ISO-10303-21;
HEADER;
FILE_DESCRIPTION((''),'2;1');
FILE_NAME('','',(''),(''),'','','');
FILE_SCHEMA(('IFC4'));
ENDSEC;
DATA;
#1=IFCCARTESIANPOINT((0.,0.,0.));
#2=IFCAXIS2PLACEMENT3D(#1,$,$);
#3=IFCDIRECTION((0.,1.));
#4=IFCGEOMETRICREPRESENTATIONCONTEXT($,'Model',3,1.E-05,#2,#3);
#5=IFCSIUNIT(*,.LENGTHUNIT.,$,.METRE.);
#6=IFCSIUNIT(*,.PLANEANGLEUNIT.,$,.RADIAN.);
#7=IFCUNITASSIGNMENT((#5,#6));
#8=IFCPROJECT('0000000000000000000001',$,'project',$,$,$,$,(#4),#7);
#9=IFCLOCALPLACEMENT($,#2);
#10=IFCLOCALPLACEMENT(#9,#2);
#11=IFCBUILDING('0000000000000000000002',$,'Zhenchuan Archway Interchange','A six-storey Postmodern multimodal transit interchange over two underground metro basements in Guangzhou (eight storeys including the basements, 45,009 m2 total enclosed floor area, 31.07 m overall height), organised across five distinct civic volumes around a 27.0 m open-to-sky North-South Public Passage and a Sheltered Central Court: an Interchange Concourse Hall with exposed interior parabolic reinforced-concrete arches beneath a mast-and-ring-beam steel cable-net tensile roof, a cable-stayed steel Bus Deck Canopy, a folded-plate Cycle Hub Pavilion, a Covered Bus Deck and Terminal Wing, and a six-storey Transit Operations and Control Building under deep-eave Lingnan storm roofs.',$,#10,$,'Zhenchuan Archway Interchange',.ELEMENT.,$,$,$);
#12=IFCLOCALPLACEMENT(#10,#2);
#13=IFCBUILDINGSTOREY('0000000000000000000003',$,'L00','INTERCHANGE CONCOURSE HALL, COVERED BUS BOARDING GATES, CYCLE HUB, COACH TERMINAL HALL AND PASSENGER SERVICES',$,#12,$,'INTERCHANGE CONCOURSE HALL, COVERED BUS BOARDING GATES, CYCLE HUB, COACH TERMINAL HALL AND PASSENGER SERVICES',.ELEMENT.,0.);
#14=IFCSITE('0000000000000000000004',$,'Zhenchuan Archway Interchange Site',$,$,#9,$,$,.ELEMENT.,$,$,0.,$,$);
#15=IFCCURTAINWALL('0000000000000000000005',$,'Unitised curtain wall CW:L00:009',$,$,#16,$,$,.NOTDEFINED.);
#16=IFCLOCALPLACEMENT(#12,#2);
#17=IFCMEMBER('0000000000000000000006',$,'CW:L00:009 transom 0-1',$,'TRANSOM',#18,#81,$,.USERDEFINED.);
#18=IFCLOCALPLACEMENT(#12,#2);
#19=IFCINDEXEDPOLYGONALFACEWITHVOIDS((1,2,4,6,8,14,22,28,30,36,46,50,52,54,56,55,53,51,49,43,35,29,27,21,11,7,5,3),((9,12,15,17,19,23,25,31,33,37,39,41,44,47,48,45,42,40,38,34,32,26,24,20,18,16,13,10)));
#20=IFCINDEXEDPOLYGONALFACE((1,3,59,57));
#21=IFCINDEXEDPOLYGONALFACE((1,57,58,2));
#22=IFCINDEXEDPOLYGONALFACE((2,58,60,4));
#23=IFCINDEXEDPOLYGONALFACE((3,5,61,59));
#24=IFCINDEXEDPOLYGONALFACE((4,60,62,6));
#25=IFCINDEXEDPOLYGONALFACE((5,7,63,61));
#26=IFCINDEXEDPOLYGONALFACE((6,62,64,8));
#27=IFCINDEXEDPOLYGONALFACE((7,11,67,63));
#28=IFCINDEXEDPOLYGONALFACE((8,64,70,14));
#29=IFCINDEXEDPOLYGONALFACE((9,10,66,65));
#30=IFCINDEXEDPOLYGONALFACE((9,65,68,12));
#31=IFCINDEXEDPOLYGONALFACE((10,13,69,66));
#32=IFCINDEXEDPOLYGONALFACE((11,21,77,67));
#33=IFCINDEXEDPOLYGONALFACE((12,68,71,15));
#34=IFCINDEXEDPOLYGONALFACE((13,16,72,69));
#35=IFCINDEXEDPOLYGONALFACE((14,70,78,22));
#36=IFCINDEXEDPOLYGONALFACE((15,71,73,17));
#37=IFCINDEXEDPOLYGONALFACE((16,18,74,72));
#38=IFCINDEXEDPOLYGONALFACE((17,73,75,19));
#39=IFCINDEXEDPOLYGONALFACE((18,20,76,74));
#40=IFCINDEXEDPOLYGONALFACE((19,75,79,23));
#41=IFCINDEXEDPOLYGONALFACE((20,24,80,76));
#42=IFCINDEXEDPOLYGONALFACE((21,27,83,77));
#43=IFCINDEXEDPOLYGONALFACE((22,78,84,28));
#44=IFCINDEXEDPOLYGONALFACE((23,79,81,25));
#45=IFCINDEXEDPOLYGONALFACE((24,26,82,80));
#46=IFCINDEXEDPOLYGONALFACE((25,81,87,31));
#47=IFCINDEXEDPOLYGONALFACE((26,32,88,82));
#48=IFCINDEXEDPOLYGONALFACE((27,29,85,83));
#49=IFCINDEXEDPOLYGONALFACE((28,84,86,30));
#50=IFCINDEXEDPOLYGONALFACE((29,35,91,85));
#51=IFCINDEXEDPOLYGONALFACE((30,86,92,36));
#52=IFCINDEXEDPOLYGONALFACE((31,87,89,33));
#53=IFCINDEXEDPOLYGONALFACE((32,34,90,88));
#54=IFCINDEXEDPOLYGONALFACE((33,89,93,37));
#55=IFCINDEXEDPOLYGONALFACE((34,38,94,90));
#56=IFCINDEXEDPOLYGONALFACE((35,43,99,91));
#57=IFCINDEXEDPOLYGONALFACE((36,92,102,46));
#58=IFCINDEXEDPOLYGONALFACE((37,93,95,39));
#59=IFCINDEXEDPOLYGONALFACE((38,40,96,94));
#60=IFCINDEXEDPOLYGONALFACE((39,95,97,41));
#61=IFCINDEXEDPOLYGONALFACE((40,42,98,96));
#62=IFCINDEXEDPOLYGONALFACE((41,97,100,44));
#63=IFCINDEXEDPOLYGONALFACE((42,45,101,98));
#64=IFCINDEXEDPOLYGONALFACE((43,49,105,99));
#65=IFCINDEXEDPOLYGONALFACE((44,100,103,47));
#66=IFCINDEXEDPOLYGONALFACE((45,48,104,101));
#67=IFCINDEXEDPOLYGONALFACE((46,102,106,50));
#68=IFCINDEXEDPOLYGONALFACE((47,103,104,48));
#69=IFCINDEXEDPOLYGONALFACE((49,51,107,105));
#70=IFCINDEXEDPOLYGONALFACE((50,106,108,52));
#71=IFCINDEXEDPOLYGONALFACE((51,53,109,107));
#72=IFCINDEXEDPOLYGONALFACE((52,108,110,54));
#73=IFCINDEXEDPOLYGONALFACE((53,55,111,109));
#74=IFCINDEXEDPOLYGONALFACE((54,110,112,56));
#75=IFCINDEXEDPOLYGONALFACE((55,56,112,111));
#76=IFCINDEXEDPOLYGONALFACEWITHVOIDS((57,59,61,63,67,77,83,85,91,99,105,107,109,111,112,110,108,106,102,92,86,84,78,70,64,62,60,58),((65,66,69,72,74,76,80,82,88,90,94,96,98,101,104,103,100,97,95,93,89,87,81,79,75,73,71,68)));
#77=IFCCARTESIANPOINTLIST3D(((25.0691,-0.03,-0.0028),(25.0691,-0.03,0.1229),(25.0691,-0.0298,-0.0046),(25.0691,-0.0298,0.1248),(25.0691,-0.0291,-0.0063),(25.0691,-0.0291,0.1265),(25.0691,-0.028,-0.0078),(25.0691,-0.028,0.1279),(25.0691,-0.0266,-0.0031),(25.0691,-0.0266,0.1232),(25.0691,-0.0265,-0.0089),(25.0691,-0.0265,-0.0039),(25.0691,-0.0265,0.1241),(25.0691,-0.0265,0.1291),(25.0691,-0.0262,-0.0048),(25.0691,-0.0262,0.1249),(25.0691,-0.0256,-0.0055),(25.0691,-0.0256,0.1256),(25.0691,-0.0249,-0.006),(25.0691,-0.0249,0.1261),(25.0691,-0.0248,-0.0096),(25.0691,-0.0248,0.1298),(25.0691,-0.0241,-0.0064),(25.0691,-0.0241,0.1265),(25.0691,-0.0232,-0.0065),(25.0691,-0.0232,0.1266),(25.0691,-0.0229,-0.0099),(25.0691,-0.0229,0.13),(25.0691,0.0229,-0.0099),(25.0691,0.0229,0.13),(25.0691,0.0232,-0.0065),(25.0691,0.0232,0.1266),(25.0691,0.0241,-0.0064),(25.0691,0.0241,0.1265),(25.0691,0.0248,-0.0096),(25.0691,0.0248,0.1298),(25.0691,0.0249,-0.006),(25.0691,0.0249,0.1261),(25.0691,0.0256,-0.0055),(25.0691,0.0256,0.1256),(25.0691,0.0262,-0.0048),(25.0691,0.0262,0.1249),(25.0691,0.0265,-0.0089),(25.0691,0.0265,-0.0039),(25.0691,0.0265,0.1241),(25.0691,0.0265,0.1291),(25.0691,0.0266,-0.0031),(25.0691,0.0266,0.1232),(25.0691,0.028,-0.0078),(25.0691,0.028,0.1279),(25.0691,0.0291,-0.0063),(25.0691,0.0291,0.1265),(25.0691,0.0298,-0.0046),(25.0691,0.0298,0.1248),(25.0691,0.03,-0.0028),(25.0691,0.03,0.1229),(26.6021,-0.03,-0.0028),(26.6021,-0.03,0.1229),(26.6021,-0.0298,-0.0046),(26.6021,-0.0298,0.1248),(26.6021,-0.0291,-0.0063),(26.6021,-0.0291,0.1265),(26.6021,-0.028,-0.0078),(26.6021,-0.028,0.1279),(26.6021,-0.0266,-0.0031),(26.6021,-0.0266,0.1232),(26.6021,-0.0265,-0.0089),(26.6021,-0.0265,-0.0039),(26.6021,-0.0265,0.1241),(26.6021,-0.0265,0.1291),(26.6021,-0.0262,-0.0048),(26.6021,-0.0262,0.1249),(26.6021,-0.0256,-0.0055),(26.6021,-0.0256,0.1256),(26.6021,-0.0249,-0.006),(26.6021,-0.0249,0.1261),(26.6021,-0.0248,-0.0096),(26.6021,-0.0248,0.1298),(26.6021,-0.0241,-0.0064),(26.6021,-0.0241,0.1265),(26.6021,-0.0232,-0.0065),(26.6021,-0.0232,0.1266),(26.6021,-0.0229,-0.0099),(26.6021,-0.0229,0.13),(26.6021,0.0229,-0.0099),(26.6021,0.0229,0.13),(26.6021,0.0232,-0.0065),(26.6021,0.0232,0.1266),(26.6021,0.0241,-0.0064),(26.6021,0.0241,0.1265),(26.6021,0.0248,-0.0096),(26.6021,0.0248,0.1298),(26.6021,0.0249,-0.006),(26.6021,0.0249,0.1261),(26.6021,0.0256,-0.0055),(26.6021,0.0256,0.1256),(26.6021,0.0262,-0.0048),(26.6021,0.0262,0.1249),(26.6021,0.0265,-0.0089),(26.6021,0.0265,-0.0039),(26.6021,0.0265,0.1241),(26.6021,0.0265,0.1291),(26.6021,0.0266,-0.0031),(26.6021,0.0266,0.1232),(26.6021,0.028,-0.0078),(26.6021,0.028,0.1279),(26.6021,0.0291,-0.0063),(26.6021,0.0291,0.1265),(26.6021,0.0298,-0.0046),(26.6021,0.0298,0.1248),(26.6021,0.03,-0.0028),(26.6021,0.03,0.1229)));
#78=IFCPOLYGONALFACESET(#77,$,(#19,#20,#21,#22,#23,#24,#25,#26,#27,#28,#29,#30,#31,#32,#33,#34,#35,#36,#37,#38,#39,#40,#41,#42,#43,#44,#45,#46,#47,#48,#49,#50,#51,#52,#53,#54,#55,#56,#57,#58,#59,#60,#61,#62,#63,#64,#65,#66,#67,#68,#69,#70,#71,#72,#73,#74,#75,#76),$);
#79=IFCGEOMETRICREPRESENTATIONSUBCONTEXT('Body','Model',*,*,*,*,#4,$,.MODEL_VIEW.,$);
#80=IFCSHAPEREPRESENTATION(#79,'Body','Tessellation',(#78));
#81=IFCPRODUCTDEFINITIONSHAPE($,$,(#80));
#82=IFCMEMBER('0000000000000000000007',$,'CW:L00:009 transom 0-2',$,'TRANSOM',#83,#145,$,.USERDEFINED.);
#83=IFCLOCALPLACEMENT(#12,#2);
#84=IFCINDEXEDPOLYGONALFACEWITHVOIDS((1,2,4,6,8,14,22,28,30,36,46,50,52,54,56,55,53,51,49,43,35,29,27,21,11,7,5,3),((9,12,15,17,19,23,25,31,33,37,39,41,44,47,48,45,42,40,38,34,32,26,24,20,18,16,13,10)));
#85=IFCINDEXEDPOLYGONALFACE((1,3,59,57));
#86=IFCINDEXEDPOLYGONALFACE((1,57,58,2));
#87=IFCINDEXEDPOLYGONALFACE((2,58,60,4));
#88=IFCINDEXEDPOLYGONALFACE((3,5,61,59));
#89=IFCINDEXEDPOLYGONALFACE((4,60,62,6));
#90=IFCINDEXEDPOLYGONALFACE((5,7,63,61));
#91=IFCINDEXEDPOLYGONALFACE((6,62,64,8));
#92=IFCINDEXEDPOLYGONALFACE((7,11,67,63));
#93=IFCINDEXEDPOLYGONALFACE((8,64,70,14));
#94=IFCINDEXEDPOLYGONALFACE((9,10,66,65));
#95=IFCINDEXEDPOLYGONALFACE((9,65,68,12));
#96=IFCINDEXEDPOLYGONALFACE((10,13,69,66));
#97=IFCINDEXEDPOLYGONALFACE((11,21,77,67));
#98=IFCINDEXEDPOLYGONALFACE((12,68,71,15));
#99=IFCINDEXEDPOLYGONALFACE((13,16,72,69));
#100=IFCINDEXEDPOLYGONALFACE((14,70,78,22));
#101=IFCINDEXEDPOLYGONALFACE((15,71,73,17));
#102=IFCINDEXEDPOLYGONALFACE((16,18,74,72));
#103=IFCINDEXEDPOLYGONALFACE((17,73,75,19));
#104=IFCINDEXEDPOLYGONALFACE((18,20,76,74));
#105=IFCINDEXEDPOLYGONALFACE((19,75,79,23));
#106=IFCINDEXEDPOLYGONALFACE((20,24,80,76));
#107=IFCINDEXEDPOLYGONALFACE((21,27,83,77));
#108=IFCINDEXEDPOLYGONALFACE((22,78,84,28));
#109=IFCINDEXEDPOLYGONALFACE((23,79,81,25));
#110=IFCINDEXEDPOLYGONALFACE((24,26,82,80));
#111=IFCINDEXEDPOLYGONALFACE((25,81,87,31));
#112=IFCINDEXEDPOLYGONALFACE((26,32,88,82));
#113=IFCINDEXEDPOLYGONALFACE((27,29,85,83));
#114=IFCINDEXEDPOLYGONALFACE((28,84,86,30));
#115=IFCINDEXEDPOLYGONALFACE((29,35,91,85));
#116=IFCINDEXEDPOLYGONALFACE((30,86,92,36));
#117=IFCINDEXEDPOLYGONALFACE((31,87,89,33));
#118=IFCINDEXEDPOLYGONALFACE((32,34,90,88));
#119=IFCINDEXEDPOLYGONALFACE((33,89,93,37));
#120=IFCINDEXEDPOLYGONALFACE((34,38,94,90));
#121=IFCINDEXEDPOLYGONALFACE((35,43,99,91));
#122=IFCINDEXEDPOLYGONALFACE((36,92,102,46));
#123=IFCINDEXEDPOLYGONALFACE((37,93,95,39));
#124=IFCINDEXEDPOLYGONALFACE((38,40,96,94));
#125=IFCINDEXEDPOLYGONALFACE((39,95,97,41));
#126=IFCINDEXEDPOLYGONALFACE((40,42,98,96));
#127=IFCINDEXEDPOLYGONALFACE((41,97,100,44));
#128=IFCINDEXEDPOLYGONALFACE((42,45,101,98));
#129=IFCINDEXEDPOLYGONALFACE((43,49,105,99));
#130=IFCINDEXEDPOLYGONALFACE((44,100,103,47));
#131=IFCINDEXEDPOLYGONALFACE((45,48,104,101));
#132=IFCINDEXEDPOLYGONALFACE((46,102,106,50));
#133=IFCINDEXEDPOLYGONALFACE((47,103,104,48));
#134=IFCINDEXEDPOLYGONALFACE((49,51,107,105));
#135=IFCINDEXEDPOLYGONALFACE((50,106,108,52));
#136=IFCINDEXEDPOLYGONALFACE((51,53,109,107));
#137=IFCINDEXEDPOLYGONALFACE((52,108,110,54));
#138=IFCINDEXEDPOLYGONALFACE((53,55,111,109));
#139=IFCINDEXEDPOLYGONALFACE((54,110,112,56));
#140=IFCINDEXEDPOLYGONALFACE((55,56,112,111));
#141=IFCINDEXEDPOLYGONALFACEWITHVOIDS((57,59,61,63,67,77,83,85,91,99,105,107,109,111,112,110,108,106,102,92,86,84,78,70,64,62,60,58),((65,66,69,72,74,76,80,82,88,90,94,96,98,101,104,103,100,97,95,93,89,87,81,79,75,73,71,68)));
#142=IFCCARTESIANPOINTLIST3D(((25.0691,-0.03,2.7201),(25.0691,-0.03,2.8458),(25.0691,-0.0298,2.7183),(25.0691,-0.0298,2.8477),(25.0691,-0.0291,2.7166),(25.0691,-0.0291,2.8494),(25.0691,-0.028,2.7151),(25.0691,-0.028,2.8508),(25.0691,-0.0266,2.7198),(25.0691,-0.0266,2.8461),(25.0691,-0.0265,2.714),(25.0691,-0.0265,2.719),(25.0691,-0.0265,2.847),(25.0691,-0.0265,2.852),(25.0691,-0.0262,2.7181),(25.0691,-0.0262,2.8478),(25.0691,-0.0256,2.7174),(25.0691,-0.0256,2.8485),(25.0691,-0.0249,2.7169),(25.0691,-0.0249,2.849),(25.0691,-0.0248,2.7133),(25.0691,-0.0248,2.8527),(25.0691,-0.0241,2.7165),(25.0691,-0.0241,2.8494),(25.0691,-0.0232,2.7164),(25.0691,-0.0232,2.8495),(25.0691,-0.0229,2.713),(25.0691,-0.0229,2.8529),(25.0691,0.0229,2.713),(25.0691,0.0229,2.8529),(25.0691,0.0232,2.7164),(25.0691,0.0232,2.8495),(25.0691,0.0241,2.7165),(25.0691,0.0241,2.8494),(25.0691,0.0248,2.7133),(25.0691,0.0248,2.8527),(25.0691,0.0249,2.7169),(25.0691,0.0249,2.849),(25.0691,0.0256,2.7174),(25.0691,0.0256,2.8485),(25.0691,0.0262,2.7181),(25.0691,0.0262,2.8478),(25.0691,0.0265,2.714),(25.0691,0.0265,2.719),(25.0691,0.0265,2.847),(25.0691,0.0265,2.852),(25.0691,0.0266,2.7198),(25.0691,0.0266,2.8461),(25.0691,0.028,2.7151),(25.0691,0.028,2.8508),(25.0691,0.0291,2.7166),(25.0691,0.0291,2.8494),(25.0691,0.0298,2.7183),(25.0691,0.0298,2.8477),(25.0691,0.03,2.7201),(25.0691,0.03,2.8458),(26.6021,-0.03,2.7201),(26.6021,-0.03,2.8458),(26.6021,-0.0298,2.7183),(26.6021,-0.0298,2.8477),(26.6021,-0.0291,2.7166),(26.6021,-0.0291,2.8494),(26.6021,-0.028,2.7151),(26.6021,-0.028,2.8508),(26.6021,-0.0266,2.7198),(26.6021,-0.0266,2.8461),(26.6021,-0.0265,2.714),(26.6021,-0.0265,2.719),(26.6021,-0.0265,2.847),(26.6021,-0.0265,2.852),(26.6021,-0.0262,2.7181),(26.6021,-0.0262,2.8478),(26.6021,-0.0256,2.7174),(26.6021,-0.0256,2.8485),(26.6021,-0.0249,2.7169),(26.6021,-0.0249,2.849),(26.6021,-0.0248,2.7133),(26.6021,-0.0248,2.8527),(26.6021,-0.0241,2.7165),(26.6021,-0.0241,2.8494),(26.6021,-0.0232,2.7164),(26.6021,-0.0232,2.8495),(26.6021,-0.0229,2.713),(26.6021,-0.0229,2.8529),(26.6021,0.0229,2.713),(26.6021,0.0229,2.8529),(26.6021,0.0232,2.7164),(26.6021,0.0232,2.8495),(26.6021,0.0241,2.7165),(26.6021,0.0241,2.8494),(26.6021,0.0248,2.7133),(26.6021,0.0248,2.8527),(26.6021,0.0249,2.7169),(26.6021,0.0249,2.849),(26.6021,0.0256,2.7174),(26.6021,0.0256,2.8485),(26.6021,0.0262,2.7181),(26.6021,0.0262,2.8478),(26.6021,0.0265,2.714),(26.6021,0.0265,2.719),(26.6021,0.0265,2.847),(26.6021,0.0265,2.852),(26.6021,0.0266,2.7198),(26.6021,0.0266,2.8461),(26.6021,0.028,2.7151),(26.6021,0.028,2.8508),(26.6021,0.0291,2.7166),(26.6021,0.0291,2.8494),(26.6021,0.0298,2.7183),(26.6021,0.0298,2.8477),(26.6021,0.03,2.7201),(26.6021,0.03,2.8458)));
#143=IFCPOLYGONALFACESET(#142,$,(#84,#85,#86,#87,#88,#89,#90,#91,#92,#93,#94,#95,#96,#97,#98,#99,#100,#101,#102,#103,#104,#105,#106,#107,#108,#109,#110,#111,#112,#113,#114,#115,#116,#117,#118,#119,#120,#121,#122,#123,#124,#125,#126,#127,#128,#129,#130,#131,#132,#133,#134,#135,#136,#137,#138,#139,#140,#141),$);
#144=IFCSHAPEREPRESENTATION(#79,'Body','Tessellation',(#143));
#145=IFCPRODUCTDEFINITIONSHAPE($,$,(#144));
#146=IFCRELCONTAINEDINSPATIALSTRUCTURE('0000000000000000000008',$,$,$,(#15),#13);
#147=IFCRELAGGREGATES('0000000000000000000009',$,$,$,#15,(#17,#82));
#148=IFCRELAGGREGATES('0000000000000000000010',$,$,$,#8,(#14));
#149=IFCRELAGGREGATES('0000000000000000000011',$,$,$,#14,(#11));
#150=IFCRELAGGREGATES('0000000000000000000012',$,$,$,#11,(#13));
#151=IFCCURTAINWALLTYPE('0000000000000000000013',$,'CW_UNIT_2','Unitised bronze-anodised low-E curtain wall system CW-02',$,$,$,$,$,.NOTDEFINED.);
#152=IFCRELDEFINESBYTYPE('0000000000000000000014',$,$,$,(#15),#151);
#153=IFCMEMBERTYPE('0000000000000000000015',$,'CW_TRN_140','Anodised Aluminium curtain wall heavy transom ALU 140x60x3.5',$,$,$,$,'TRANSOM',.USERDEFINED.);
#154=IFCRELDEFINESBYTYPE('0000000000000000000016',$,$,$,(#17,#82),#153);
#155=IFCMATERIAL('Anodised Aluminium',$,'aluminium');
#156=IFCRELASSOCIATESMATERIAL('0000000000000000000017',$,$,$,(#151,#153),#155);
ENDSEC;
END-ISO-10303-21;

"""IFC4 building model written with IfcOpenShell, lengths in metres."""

from ifc_helpers import new_model, si_unit, direction, frame, origin, origin_2d, place, context, subcontext, project, spatial, hollow_rectangle, extrude, material, material_profile, profile_set, type_object, element, aggregate, save


model = new_model("IFC4")

# Units and contexts
model_context = context("Model", 3, precision=1e-05, world=origin(), true_north=direction((0.0, 1.0)))
body_context = subcontext(model_context, "Body", "Model", "MODEL_VIEW")
ifc_project = project(units=[si_unit("LENGTHUNIT", "METRE"), si_unit("PLANEANGLEUNIT", "RADIAN")], contexts=[model_context])

# Site, building, storey
site_placement = place(None, origin())
site = spatial("IfcSite", under=ifc_project, at=site_placement, Name="Zhenchuan Archway Interchange Site", CompositionType="ELEMENT", RefElevation=0.0)
building_placement = place(site_placement, origin())
building = spatial("IfcBuilding", under=site, at=building_placement, Name="Zhenchuan Archway Interchange", Description="A six-storey Postmodern multimodal transit interchange over two underground metro basements in Guangzhou (eight storeys including the basements, 45,009 m2 total enclosed floor area, 31.07 m overall height), organised across five distinct civic volumes around a 27.0 m open-to-sky North-South Public Passage and a Sheltered Central Court: an Interchange Concourse Hall with exposed interior parabolic reinforced-concrete arches beneath a mast-and-ring-beam steel cable-net tensile roof, a cable-stayed steel Bus Deck Canopy, a folded-plate Cycle Hub Pavilion, a Covered Bus Deck and Terminal Wing, and a six-storey Transit Operations and Control Building under deep-eave Lingnan storm roofs.", LongName="Zhenchuan Archway Interchange", CompositionType="ELEMENT")
storey_placement = place(building_placement, origin())
storey = spatial("IfcBuildingStorey", under=building, at=storey_placement, Name="L00", Description="INTERCHANGE CONCOURSE HALL, COVERED BUS BOARDING GATES, CYCLE HUB, COACH TERMINAL HALL AND PASSENGER SERVICES", LongName="INTERCHANGE CONCOURSE HALL, COVERED BUS BOARDING GATES, CYCLE HUB, COACH TERMINAL HALL AND PASSENGER SERVICES", CompositionType="ELEMENT", Elevation=0.0)

# Curtain wall, members
ifc_material_1 = material(Name="Anodised Aluminium", Category="aluminium")
curtain_wall_type = type_object("IfcCurtainWallType", Name="CW_UNIT_2", Description="Unitised bronze-anodised low-E curtain wall system CW-02", PredefinedType="NOTDEFINED", material=ifc_material_1)
curtain_wall_placement = place(storey_placement, origin())
curtain_wall = element("IfcCurtainWall", 1, at=curtain_wall_placement, inside=storey, type_object=curtain_wall_type, Name="Unitised curtain wall CW:L00:009", PredefinedType="NOTDEFINED")
ifc_material_profile_1 = material_profile(ifc_material_1, hollow_rectangle(XDim=0.0601, YDim=0.1399, WallThickness=0.0034, InnerFilletRadius=0.0034, OuterFilletRadius=0.0071, at=origin_2d()), Name="ALU 140x60x3.5")
ifc_profile_set_1 = profile_set([ifc_material_profile_1], Name="Anodised Aluminium")
member_type_1 = type_object("IfcMemberType", Name="CW_TRN_140", Description="Anodised Aluminium curtain wall heavy transom ALU 140x60x3.5", ElementType="TRANSOM", PredefinedType="USERDEFINED", material=ifc_profile_set_1)
member_1_placement = place(storey_placement, frame((26.6021, 0.0, 0.0601), z_axis=(-1.0, 0.0, 0.0), x_axis=(0.0, -1.0, 0.0)))
member_1 = element("IfcMember", 2, at=member_1_placement, type_object=member_type_1, Name="CW:L00:009 transom 0-1", ObjectType="TRANSOM", PredefinedType="USERDEFINED", context=body_context, shape_type="SweptSolid", body=[
    extrude(hollow_rectangle(XDim=0.0601, YDim=0.1399, WallThickness=0.0034, InnerFilletRadius=0.0034, OuterFilletRadius=0.0071, at=origin_2d()), origin(), (0.0, 0.0, 1.0), 1.533),
])
member_2_placement = place(storey_placement, frame((26.6021, 0.0, 2.783), z_axis=(-1.0, 0.0, 0.0), x_axis=(0.0, -1.0, 0.0)))
member_2 = element("IfcMember", 3, at=member_2_placement, type_object=member_type_1, Name="CW:L00:009 transom 0-2", ObjectType="TRANSOM", PredefinedType="USERDEFINED", context=body_context, shape_type="SweptSolid", body=[
    extrude(hollow_rectangle(XDim=0.0601, YDim=0.1399, WallThickness=0.0034, InnerFilletRadius=0.0034, OuterFilletRadius=0.0071, at=origin_2d()), origin(), (0.0, 0.0, 1.0), 1.533),
])
aggregate(curtain_wall, [member_1, member_2])

save(model, "model.ifc")
